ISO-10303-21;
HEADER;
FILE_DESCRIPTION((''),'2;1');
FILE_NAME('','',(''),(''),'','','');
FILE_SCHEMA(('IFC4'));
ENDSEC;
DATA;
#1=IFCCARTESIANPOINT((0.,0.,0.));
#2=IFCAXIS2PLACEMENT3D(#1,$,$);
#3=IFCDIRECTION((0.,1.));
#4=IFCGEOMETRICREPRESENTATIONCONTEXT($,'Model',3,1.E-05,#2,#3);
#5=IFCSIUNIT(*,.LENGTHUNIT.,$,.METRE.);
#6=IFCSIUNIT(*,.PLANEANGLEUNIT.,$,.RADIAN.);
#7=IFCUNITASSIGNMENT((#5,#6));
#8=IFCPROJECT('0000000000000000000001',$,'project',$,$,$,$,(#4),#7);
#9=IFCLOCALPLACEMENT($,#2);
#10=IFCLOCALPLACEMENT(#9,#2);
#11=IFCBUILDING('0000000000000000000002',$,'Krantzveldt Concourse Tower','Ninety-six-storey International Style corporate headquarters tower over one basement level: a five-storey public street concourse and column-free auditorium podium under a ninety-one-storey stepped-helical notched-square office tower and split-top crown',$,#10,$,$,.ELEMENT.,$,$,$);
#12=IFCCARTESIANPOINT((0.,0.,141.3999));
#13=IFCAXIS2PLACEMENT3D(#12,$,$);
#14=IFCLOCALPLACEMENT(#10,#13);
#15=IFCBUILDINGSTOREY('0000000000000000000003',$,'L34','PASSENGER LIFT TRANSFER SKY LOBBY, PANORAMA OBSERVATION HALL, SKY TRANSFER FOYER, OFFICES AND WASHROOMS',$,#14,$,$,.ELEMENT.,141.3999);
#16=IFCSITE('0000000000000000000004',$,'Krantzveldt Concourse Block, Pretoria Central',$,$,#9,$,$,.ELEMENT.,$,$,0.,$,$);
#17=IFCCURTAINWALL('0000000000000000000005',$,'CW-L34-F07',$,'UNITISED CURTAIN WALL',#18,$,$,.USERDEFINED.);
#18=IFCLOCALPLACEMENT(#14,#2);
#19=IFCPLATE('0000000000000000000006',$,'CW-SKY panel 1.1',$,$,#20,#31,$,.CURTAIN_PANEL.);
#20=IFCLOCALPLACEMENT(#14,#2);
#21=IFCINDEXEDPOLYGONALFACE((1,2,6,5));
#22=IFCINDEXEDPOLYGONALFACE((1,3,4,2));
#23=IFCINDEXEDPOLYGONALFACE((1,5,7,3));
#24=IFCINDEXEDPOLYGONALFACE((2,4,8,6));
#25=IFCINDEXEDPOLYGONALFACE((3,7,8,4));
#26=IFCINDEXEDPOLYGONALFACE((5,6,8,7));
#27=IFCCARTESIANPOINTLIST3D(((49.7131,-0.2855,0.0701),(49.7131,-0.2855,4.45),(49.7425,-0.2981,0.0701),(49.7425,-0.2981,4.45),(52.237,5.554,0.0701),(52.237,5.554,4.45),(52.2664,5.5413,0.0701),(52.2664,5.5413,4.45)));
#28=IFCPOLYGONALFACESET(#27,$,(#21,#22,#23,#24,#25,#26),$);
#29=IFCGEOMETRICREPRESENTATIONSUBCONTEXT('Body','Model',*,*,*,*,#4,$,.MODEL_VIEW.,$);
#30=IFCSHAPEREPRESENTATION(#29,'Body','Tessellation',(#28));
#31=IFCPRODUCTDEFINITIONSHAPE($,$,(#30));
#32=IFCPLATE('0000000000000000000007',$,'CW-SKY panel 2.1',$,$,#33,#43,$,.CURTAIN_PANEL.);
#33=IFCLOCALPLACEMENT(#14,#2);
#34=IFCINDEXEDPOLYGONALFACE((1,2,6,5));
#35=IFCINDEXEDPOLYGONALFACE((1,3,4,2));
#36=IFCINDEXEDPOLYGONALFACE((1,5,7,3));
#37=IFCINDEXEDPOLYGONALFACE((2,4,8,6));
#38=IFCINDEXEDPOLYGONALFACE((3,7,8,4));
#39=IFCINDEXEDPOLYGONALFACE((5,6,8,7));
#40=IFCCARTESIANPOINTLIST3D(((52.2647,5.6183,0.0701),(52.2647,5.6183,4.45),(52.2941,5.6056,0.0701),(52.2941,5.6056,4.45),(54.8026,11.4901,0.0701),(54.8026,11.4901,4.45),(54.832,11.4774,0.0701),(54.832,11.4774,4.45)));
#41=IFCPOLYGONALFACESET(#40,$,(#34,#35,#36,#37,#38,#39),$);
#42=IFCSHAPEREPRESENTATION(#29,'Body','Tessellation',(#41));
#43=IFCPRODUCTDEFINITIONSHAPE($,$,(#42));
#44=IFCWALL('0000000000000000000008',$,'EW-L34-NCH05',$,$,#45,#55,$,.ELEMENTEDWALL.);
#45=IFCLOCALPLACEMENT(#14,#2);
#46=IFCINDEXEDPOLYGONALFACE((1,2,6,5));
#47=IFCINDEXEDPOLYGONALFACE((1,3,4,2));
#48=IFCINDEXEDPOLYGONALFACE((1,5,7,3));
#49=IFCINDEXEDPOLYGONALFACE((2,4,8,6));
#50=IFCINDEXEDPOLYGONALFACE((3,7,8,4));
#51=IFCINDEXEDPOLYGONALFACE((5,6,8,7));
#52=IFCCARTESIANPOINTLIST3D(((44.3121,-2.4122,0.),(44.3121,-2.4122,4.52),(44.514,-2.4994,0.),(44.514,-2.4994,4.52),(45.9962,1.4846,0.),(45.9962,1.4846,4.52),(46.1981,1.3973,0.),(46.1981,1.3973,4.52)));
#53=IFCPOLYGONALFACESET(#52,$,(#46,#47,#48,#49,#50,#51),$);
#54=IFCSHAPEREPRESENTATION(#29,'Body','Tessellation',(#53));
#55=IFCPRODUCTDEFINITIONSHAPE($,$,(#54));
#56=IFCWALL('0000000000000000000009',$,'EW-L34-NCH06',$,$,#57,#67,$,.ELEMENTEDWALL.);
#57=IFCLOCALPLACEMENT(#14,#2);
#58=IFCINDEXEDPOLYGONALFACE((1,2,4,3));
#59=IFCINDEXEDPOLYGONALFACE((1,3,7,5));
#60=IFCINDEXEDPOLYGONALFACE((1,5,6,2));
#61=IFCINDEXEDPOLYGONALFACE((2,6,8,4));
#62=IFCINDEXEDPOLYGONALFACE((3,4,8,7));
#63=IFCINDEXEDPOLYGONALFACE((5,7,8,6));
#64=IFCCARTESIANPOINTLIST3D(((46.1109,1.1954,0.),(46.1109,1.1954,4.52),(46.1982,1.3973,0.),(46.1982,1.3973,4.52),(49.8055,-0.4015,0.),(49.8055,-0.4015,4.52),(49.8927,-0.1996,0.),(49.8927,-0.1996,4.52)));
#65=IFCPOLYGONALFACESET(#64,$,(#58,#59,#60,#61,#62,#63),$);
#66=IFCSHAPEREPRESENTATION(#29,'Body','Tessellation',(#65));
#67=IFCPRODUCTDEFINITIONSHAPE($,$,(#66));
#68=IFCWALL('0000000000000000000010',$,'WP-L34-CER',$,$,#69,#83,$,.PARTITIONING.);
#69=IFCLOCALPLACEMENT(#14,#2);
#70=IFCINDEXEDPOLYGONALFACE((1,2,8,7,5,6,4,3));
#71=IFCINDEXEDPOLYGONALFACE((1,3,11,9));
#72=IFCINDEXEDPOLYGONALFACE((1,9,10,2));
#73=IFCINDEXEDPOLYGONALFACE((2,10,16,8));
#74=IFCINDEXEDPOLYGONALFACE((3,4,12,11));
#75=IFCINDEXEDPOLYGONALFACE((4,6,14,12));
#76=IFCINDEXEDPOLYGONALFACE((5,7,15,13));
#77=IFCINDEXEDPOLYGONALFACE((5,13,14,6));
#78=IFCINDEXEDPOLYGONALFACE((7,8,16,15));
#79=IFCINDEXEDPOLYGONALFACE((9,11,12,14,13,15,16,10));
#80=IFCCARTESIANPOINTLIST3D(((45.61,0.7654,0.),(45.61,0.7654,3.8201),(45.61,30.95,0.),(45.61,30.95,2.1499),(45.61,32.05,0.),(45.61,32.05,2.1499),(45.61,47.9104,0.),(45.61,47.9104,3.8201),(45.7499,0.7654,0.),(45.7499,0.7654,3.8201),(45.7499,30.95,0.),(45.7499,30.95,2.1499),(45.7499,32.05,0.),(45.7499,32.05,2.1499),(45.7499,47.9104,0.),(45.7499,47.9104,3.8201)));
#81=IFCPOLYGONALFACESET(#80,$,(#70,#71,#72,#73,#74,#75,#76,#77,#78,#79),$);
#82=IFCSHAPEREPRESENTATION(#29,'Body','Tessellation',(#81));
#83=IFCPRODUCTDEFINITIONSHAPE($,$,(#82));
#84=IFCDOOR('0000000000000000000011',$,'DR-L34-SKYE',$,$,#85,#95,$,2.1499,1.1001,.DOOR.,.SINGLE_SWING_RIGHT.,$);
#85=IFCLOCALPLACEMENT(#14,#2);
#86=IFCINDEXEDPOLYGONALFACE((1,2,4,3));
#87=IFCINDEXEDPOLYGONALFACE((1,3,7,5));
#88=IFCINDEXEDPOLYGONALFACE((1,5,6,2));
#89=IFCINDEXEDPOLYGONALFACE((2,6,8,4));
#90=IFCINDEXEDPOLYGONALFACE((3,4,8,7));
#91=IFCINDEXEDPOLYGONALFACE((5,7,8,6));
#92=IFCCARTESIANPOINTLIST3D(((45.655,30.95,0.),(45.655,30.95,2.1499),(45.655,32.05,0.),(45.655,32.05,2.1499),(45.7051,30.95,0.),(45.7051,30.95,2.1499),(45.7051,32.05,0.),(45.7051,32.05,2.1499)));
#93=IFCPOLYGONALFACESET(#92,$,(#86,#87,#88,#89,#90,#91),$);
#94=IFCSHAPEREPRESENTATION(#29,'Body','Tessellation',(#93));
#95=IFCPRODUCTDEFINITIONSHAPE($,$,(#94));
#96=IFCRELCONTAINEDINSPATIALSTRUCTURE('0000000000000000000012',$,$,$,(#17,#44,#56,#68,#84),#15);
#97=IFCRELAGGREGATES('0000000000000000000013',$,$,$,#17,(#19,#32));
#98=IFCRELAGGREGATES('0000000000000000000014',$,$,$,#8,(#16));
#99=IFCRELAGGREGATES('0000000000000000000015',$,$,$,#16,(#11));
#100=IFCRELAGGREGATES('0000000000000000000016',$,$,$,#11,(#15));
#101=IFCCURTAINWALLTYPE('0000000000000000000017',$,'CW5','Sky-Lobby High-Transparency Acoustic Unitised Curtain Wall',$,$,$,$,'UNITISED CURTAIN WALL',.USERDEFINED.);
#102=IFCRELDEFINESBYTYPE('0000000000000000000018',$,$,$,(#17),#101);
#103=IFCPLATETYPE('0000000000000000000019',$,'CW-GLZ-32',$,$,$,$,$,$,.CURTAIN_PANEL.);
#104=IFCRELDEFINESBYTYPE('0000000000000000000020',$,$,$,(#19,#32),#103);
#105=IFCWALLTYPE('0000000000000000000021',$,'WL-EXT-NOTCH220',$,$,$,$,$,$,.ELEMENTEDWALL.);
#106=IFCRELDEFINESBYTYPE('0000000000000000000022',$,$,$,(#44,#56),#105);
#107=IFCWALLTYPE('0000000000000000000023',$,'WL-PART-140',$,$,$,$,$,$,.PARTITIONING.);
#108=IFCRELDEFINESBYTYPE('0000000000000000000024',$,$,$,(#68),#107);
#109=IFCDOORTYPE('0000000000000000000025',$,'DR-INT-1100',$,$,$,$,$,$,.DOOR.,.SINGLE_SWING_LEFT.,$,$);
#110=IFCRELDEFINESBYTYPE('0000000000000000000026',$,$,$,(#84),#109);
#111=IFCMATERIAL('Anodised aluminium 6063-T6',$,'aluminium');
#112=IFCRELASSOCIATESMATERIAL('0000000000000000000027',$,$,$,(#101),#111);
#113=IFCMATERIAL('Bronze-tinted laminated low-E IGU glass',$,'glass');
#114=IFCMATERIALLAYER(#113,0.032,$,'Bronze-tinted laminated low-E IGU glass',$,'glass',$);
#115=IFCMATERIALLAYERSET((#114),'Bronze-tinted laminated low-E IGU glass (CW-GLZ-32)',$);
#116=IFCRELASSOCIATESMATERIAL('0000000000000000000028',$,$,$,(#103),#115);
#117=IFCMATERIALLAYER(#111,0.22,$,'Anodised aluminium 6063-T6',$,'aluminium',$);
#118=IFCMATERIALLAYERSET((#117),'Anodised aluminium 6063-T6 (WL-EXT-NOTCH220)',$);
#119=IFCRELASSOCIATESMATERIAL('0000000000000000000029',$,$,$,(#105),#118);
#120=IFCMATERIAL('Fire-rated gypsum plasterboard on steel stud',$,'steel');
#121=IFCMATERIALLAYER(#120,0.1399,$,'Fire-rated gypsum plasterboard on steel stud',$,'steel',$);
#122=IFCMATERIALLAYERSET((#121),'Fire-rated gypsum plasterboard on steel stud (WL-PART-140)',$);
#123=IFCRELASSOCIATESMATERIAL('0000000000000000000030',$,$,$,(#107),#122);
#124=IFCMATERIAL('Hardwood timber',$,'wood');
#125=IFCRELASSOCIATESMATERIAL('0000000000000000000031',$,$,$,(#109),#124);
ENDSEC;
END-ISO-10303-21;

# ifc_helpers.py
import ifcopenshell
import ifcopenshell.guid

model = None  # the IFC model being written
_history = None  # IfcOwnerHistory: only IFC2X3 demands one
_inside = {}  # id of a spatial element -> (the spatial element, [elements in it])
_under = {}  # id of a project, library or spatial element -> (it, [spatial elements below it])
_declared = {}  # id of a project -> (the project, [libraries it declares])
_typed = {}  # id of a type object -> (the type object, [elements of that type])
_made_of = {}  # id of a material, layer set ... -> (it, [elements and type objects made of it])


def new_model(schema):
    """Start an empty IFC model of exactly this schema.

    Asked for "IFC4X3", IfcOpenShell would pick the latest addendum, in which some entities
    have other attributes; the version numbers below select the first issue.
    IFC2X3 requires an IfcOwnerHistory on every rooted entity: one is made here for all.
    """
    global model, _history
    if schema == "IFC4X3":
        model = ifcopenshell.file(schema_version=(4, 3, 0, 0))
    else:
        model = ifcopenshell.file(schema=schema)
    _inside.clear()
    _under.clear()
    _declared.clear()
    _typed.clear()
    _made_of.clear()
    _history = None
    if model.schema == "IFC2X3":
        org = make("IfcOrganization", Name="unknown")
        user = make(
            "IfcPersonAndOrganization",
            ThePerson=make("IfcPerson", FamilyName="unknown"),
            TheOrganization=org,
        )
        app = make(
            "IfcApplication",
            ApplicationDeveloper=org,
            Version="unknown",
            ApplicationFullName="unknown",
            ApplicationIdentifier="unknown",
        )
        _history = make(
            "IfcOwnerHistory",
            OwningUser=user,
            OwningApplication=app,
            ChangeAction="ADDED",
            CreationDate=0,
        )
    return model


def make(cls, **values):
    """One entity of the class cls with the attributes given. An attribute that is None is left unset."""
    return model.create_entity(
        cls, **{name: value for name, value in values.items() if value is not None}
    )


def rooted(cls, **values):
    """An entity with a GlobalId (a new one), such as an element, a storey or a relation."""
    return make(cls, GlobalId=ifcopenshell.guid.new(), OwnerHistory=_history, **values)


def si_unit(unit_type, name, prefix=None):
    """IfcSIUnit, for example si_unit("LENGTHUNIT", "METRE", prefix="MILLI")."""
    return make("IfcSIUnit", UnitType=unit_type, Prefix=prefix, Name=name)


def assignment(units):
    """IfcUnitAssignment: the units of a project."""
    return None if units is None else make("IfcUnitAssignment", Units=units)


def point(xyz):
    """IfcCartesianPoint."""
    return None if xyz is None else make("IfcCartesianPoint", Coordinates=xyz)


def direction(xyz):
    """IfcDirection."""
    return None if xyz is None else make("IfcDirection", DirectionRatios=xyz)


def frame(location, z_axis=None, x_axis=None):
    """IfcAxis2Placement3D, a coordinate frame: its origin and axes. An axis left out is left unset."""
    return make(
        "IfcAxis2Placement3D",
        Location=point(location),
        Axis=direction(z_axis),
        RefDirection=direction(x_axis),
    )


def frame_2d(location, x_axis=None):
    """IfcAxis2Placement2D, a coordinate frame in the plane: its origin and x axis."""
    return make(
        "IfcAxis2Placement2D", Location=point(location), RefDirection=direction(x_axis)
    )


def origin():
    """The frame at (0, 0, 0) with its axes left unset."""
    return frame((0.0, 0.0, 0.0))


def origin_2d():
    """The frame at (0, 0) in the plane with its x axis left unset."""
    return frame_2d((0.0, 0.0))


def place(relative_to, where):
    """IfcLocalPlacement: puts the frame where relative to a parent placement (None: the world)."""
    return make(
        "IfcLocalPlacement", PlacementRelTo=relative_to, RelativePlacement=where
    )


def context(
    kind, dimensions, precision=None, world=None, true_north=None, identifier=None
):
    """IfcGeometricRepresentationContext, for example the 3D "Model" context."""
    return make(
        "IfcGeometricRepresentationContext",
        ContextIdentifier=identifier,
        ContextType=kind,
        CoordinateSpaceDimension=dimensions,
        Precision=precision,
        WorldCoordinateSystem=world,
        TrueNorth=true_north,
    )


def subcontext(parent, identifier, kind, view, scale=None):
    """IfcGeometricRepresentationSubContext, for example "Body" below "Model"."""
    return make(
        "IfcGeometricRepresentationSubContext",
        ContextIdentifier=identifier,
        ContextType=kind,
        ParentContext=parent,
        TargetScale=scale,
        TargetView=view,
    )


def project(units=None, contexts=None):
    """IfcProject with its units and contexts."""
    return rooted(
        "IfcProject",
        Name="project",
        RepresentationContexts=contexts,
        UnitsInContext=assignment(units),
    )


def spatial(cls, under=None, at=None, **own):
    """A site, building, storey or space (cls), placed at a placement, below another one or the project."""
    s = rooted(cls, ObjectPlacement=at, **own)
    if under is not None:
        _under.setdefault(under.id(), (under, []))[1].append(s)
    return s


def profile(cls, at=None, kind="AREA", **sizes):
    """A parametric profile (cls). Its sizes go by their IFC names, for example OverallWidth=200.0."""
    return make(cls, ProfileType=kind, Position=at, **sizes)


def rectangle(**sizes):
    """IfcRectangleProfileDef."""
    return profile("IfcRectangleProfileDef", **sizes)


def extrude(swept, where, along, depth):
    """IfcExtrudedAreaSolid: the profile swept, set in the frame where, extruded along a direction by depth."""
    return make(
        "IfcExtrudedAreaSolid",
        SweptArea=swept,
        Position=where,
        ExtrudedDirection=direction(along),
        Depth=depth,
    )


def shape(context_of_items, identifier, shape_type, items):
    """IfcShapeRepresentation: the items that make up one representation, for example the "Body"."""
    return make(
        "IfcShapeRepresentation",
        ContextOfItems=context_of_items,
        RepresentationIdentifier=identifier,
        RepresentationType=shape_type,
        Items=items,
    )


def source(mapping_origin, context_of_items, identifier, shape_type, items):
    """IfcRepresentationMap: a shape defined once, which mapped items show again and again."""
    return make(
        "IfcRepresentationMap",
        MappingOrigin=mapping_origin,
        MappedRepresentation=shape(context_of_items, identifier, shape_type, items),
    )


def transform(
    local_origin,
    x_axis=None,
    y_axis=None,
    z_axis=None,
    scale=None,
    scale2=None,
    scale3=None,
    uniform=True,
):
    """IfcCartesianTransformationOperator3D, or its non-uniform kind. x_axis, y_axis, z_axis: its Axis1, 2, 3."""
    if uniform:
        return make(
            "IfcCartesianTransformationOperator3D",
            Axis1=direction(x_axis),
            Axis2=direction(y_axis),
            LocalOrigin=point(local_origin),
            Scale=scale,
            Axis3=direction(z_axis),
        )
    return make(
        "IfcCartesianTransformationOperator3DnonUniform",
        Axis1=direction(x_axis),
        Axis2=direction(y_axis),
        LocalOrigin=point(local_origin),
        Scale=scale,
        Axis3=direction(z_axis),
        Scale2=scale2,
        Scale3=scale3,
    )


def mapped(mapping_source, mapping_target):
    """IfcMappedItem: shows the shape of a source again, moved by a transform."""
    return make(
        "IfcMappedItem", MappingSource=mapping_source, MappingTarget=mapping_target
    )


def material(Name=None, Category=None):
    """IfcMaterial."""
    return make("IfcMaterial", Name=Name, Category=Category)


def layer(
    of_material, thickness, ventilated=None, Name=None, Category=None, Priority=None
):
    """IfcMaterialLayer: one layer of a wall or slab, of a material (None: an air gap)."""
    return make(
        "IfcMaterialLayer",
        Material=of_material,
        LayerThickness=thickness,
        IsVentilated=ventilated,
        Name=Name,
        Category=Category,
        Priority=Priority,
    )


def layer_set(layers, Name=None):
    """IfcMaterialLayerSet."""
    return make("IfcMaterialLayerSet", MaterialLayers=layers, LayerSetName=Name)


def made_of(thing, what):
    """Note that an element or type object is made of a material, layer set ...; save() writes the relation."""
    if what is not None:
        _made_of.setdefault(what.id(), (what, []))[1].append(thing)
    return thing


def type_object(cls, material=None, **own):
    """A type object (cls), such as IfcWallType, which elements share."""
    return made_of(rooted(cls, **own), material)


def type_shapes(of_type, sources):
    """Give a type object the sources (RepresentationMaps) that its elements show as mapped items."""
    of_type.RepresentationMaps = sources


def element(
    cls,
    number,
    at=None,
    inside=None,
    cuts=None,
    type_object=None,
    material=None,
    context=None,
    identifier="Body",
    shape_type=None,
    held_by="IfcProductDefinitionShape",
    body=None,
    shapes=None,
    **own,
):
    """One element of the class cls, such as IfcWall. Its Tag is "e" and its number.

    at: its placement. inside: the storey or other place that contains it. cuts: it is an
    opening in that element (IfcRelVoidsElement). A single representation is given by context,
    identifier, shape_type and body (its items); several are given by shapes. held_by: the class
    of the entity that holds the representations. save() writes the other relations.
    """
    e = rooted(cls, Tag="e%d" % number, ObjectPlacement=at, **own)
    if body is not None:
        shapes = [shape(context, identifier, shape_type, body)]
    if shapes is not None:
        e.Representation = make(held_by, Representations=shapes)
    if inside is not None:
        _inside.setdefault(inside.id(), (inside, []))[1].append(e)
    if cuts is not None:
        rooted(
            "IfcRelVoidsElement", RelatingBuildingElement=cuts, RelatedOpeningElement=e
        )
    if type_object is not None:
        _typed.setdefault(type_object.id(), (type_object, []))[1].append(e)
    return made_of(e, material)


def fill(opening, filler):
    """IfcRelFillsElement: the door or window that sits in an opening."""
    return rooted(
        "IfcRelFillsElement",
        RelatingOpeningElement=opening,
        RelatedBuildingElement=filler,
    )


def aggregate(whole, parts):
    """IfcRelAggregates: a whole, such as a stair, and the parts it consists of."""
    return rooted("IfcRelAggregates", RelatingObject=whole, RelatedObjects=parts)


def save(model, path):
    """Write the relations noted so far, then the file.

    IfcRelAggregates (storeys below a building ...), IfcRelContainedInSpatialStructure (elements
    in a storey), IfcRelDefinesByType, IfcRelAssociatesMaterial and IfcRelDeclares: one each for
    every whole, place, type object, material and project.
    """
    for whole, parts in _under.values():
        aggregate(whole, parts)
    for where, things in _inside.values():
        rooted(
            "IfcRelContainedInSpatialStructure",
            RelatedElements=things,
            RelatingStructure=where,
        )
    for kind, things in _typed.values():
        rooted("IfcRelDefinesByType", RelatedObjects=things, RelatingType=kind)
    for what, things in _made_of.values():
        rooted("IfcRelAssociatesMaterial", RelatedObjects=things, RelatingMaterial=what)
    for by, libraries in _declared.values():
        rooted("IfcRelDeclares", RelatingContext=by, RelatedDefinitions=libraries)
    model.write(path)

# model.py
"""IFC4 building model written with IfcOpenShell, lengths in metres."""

from ifc_helpers import new_model, si_unit, direction, frame, frame_2d, origin, origin_2d, place, context, subcontext, project, spatial, rectangle, extrude, source, transform, mapped, material, layer, layer_set, type_object, type_shapes, element, fill, aggregate, save


model = new_model("IFC4")

# Units and contexts
model_context = context("Model", 3, precision=1e-05, world=origin(), true_north=direction((0.0, 1.0)))
body_context = subcontext(model_context, "Body", "Model", "MODEL_VIEW")
ifc_project = project(units=[si_unit("LENGTHUNIT", "METRE"), si_unit("PLANEANGLEUNIT", "RADIAN")], contexts=[model_context])

# Site, building, storey
site_placement = place(None, origin())
site = spatial("IfcSite", under=ifc_project, at=site_placement, Name="Krantzveldt Concourse Block, Pretoria Central", CompositionType="ELEMENT", RefElevation=0.0)
building_placement = place(site_placement, origin())
building = spatial("IfcBuilding", under=site, at=building_placement, Name="Krantzveldt Concourse Tower", Description="Ninety-six-storey International Style corporate headquarters tower over one basement level: a five-storey public street concourse and column-free auditorium podium under a ninety-one-storey stepped-helical notched-square office tower and split-top crown", CompositionType="ELEMENT")
storey_placement = place(building_placement, frame((0.0, 0.0, 141.3999)))
storey = spatial("IfcBuildingStorey", under=building, at=storey_placement, Name="L34", Description="PASSENGER LIFT TRANSFER SKY LOBBY, PANORAMA OBSERVATION HALL, SKY TRANSFER FOYER, OFFICES AND WASHROOMS", CompositionType="ELEMENT", Elevation=141.3999)

# Curtain wall
ifc_material_1 = material(Name="Anodised aluminium 6063-T6", Category="aluminium")
curtain_wall_type = type_object("IfcCurtainWallType", Name="CW5", Description="Sky-Lobby High-Transparency Acoustic Unitised Curtain Wall", ElementType="UNITISED CURTAIN WALL", PredefinedType="USERDEFINED", material=ifc_material_1)
curtain_wall_1_placement = place(storey_placement, origin())
curtain_wall_1 = element("IfcCurtainWall", 1, at=curtain_wall_1_placement, inside=storey, type_object=curtain_wall_type, Name="CW-L34-F07", ObjectType="UNITISED CURTAIN WALL", PredefinedType="USERDEFINED")

# Plates
ifc_material_2 = material(Name="Bronze-tinted laminated low-E IGU glass", Category="glass")
ifc_layer_1 = layer(ifc_material_2, 0.032, Name="Bronze-tinted laminated low-E IGU glass", Category="glass")
ifc_layer_set_1 = layer_set([ifc_layer_1], Name="Bronze-tinted laminated low-E IGU glass (CW-GLZ-32)")
plate_type = type_object("IfcPlateType", Name="CW-GLZ-32", PredefinedType="CURTAIN_PANEL", material=ifc_layer_set_1)
shared_shape_1 = source(origin(), body_context, "Body", "SweptSolid", [
    extrude(rectangle(XDim=6.3616, YDim=0.032, at=origin_2d()), origin(), (0.0, 0.0, 1.0), 4.3799),
])
plate_1_placement = place(storey_placement, frame((50.9897, 2.6279, 0.0701), z_axis=(0.0, 0.0, 1.0), x_axis=(0.396747, 0.917928, 0.0)))
plate_1 = element("IfcPlate", 2, at=plate_1_placement, type_object=plate_type, Name="CW-SKY panel 1.1", PredefinedType="CURTAIN_PANEL", context=body_context, shape_type="MappedRepresentation", body=[
    mapped(shared_shape_1, transform((0.0, 0.0, 0.0), x_axis=(1.0, 0.0, 0.0), y_axis=(0.0, 1.0, 0.0), z_axis=(0.0, 0.0, 1.0), scale=1.0)),
])
shared_shape_2 = source(origin(), body_context, "Body", "SweptSolid", [
    extrude(rectangle(XDim=6.3967, YDim=0.032, at=origin_2d()), origin(), (0.0, 0.0, 1.0), 4.3799),
])
type_shapes(plate_type, [shared_shape_1, shared_shape_2])
plate_2_placement = place(storey_placement, frame((53.5483, 8.5479, 0.0701), z_axis=(0.0, 0.0, 1.0), x_axis=(0.396747, 0.917928, 0.0)))
plate_2 = element("IfcPlate", 3, at=plate_2_placement, type_object=plate_type, Name="CW-SKY panel 2.1", PredefinedType="CURTAIN_PANEL", context=body_context, shape_type="MappedRepresentation", body=[
    mapped(shared_shape_2, transform((0.0, 0.0, 0.0), x_axis=(1.0, 0.0, 0.0), y_axis=(0.0, 1.0, 0.0), z_axis=(0.0, 0.0, 1.0), scale=1.0)),
])
aggregate(curtain_wall_1, [plate_1, plate_2])

# Walls
ifc_layer_2 = layer(ifc_material_1, 0.22, Name="Anodised aluminium 6063-T6", Category="aluminium")
ifc_layer_set_2 = layer_set([ifc_layer_2], Name="Anodised aluminium 6063-T6 (WL-EXT-NOTCH220)")
wall_type_1 = type_object("IfcWallType", Name="WL-EXT-NOTCH220", PredefinedType="ELEMENTEDWALL", material=ifc_layer_set_2)
wall_1_placement = place(storey_placement, frame((44.4131, -2.4558, 0.0), z_axis=(0.0, 0.0, 1.0), x_axis=(0.396715, 0.917942, 0.0)))
element("IfcWall", 4, at=wall_1_placement, inside=storey, type_object=wall_type_1, Name="EW-L34-NCH05", PredefinedType="ELEMENTEDWALL", context=body_context, shape_type="SweptSolid", body=[
    extrude(rectangle(XDim=4.2451, YDim=0.22, at=frame_2d((2.1226, 0.0))), origin(), (0.0, 0.0, 1.0), 4.52),
])
wall_2_placement = place(storey_placement, frame((46.1545, 1.2964, 0.0), z_axis=(0.0, 0.0, 1.0), x_axis=(0.917923, -0.396758, 0.0)))
element("IfcWall", 5, at=wall_2_placement, inside=storey, type_object=wall_type_1, Name="EW-L34-NCH06", PredefinedType="ELEMENTEDWALL", context=body_context, shape_type="SweptSolid", body=[
    extrude(rectangle(XDim=4.0249, YDim=0.22, at=frame_2d((2.0125, 0.0))), origin(), (0.0, 0.0, 1.0), 4.52),
])

# Wall, opening, door
ifc_material_3 = material(Name="Fire-rated gypsum plasterboard on steel stud", Category="steel")
ifc_layer_3 = layer(ifc_material_3, 0.1399, Name="Fire-rated gypsum plasterboard on steel stud", Category="steel")
ifc_layer_set_3 = layer_set([ifc_layer_3], Name="Fire-rated gypsum plasterboard on steel stud (WL-PART-140)")
wall_type_2 = type_object("IfcWallType", Name="WL-PART-140", PredefinedType="PARTITIONING", material=ifc_layer_set_3)
wall_3_placement = place(storey_placement, frame((45.6799, 0.7654, 0.0), z_axis=(0.0, 0.0, 1.0), x_axis=(0.0, 1.0, 0.0)))
wall_3 = element("IfcWall", 6, at=wall_3_placement, inside=storey, type_object=wall_type_2, Name="WP-L34-CER", PredefinedType="PARTITIONING", context=body_context, shape_type="SweptSolid", body=[
    extrude(rectangle(XDim=47.145, YDim=0.1399, at=frame_2d((23.5725, 0.0))), origin(), (0.0, 0.0, 1.0), 3.8201),
])
opening_placement = place(wall_3_placement, frame((30.1846, 0.0, 0.0)))
opening = element("IfcOpeningElement", 7, at=opening_placement, cuts=wall_3, PredefinedType="OPENING", context=body_context, shape_type="SweptSolid", body=[
    extrude(rectangle(XDim=1.1001, YDim=2.1499, at=frame_2d((0.55, 1.075))), frame((0.0, 0.0801, 0.0), z_axis=(0.0, -1.0, 0.0), x_axis=(1.0, 0.0, 0.0)), (0.0, 0.0, 1.0), 0.1599),
])
ifc_material_4 = material(Name="Hardwood timber", Category="wood")
door_type = type_object("IfcDoorType", Name="DR-INT-1100", OperationType="SINGLE_SWING_LEFT", PredefinedType="DOOR", material=ifc_material_4)
door_placement = place(opening_placement, origin())
door = element("IfcDoor", 8, at=door_placement, inside=storey, type_object=door_type, Name="DR-L34-SKYE", OperationType="SINGLE_SWING_RIGHT", OverallHeight=2.1499, OverallWidth=1.1001, PredefinedType="DOOR", context=body_context, shape_type="SweptSolid", body=[
    extrude(rectangle(XDim=1.1001, YDim=2.1499, at=frame_2d((0.55, 1.075))), frame((0.0, 0.0249, 0.0), z_axis=(0.0, -1.0, 0.0), x_axis=(1.0, 0.0, 0.0)), (0.0, 0.0, 1.0), 0.05),
])
fill(opening, door)

save(model, "model.ifc")
